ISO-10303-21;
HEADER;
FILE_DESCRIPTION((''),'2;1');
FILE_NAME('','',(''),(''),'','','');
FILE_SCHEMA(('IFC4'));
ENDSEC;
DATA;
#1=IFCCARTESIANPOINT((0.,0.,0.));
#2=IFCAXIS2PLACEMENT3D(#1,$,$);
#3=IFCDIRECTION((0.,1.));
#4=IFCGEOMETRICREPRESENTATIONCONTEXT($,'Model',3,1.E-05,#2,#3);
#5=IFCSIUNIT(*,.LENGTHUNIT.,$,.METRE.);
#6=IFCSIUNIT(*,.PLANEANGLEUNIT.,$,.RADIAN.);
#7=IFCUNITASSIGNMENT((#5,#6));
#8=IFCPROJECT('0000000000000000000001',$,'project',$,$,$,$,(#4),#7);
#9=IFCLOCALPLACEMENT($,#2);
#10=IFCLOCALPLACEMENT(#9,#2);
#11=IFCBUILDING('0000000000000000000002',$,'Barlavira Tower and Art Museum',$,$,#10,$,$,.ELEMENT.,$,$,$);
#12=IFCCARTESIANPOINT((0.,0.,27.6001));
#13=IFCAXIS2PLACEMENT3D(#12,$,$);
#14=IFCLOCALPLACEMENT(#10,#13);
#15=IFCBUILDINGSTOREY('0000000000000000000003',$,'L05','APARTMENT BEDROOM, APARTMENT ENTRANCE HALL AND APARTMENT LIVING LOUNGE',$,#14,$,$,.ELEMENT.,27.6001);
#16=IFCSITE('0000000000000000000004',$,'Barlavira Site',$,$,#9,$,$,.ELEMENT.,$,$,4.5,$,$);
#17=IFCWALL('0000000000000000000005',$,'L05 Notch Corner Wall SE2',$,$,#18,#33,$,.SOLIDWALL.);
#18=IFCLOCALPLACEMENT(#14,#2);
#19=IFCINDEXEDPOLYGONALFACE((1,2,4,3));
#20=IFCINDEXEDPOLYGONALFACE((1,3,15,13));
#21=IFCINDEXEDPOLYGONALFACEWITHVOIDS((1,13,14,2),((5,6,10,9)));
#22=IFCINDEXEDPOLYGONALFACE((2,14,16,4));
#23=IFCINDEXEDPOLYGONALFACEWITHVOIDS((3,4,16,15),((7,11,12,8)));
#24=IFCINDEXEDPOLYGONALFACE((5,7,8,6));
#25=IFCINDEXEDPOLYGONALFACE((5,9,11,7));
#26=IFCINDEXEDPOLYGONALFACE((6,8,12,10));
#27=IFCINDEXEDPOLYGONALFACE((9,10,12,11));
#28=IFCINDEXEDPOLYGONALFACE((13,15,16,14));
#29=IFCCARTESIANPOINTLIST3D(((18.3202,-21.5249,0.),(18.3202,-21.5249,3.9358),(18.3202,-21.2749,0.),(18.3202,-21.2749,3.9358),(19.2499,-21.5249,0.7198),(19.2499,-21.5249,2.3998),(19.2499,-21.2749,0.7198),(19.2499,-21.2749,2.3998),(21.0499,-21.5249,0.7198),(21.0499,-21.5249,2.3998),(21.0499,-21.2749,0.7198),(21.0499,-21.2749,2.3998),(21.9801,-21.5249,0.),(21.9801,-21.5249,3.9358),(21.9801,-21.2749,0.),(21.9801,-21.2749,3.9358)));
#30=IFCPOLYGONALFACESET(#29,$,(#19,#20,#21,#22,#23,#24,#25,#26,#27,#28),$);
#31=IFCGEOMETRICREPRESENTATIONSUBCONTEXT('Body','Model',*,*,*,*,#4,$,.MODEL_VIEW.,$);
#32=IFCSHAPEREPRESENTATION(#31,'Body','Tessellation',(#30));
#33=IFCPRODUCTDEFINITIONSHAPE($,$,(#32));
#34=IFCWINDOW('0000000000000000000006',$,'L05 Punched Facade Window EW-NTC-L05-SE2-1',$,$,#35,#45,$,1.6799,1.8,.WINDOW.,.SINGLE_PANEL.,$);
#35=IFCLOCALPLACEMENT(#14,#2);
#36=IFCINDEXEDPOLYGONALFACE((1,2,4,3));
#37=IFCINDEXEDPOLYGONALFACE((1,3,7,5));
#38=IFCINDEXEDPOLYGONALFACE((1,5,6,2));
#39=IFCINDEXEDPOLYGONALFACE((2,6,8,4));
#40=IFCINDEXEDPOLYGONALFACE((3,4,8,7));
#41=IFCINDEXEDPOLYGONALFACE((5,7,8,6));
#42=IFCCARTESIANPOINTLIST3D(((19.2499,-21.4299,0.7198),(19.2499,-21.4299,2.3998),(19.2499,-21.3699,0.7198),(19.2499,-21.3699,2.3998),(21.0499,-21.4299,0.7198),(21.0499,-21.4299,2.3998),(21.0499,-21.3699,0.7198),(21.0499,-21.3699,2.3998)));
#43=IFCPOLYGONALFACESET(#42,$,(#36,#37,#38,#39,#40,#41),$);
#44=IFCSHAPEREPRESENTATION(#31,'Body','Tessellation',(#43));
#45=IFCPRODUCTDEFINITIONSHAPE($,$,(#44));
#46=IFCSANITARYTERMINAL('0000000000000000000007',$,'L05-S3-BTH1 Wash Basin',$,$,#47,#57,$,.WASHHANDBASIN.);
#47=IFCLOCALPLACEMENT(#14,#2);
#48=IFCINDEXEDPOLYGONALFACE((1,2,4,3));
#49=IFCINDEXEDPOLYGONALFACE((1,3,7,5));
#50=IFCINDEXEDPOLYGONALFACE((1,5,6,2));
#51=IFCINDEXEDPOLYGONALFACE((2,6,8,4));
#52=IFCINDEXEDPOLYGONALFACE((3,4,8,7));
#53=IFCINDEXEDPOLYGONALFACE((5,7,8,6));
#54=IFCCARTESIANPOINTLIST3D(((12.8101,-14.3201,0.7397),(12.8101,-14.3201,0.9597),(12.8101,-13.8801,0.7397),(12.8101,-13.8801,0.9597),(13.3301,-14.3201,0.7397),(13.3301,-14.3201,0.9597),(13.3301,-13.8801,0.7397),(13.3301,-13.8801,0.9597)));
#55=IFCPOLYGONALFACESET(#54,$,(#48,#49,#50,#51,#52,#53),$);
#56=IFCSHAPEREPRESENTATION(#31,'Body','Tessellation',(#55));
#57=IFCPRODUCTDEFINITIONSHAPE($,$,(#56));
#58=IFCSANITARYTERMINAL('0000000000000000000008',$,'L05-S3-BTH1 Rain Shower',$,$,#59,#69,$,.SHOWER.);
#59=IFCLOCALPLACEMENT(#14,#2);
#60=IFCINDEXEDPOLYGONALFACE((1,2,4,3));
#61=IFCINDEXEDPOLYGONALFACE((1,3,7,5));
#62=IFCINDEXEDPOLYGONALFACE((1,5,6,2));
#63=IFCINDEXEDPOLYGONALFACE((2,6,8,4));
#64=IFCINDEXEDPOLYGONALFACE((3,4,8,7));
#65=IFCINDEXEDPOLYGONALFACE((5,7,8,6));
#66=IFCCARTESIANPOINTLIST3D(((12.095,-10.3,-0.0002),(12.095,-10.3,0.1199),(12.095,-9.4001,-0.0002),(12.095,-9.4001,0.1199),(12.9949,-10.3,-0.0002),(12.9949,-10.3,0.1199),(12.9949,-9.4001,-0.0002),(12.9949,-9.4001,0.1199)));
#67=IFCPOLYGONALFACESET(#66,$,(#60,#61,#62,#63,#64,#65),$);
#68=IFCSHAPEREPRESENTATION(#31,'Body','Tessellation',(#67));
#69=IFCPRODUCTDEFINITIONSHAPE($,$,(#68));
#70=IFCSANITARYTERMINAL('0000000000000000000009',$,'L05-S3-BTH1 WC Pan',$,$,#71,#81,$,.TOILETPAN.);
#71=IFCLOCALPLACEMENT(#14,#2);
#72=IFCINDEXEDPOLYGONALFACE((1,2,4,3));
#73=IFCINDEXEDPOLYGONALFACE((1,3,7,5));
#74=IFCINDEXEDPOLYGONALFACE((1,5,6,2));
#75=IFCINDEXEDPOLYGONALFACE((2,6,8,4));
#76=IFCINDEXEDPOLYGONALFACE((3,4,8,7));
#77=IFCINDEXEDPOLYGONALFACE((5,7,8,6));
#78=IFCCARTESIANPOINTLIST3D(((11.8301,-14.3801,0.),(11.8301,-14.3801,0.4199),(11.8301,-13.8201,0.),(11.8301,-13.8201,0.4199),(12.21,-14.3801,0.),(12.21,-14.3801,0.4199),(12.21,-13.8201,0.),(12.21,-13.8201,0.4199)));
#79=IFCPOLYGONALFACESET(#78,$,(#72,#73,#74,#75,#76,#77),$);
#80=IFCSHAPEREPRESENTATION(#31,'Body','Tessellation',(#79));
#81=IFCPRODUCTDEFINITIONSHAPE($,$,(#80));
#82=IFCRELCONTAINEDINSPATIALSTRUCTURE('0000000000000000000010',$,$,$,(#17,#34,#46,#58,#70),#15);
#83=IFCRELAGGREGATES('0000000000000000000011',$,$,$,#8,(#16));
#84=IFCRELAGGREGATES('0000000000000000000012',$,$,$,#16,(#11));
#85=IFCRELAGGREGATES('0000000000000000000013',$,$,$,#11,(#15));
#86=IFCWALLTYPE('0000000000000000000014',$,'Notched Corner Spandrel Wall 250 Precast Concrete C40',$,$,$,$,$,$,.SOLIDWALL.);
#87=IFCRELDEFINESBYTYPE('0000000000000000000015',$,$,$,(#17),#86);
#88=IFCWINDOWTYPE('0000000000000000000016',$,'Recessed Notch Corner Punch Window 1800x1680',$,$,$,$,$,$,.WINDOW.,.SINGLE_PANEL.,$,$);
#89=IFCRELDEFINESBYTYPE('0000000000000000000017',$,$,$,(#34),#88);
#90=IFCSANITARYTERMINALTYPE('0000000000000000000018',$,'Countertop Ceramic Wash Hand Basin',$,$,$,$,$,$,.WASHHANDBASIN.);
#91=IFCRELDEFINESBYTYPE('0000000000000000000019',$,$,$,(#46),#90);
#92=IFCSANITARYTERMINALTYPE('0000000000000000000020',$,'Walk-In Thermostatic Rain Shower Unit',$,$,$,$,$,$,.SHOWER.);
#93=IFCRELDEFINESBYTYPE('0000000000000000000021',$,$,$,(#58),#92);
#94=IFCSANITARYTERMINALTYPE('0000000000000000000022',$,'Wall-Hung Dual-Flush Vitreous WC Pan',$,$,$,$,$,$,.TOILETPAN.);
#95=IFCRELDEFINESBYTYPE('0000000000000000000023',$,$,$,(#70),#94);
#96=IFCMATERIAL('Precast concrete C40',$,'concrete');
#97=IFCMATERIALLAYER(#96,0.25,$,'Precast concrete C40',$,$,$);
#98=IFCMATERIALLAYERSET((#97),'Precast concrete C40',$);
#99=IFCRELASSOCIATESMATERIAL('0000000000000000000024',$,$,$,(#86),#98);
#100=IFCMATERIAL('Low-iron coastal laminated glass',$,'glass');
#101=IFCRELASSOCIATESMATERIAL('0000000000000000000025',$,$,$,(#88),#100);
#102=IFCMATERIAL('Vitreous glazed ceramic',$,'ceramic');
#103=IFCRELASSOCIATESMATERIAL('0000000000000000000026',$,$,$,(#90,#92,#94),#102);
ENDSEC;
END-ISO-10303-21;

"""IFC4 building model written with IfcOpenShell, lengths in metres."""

from ifc_helpers import new_model, si_unit, direction, frame, frame_2d, origin, origin_2d, place, context, subcontext, project, spatial, rectangle, extrude, material, layer, layer_set, type_object, element, fill, save


model = new_model("IFC4")

# Units and contexts
model_context = context("Model", 3, precision=1e-05, world=origin(), true_north=direction((0.0, 1.0)))
body_context = subcontext(model_context, "Body", "Model", "MODEL_VIEW")
ifc_project = project(units=[si_unit("LENGTHUNIT", "METRE"), si_unit("PLANEANGLEUNIT", "RADIAN")], contexts=[model_context])

# Site, building, storey
site_placement = place(None, origin())
site = spatial("IfcSite", under=ifc_project, at=site_placement, Name="Barlavira Site", CompositionType="ELEMENT", RefElevation=4.5)
building_placement = place(site_placement, origin())
building = spatial("IfcBuilding", under=site, at=building_placement, Name="Barlavira Tower and Art Museum", CompositionType="ELEMENT")
storey_placement = place(building_placement, frame((0.0, 0.0, 27.6001)))
storey = spatial("IfcBuildingStorey", under=building, at=storey_placement, Name="L05", Description="APARTMENT BEDROOM, APARTMENT ENTRANCE HALL AND APARTMENT LIVING LOUNGE", CompositionType="ELEMENT", Elevation=27.6001)

# Shared definitions
ifc_material_1 = material(Name="Precast concrete C40", Category="concrete")
ifc_layer_1 = layer(ifc_material_1, 0.25, Name="Precast concrete C40")
ifc_layer_set_1 = layer_set([ifc_layer_1], Name="Precast concrete C40")
wall_type_1 = type_object("IfcWallType", Name="Notched Corner Spandrel Wall 250 Precast Concrete C40", PredefinedType="SOLIDWALL", material=ifc_layer_set_1)
ifc_material_2 = material(Name="Low-iron coastal laminated glass", Category="glass")
window_type_1 = type_object("IfcWindowType", Name="Recessed Notch Corner Punch Window 1800x1680", PartitioningType="SINGLE_PANEL", PredefinedType="WINDOW", material=ifc_material_2)

# Wall, opening, window
wall_1_placement = place(storey_placement, frame((18.3201, -21.3999, 0.0), z_axis=(0.0, 0.0, 1.0), x_axis=(1.0, 0.0, 0.0)))
wall_1 = element("IfcWall", 1, at=wall_1_placement, inside=storey, type_object=wall_type_1, Name="L05 Notch Corner Wall SE2", PredefinedType="SOLIDWALL", context=body_context, shape_type="SweptSolid", body=[
    extrude(rectangle(XDim=3.6599, YDim=0.25, at=frame_2d((1.8301, 0.0))), origin(), (0.0, 0.0, 1.0), 3.9358),
])
opening_1_placement = place(wall_1_placement, frame((0.9299, 0.0, 0.72)))
opening_1 = element("IfcOpeningElement", 2, at=opening_1_placement, cuts=wall_1, PredefinedType="OPENING", context=body_context, shape_type="SweptSolid", body=[
    extrude(rectangle(XDim=1.8, YDim=1.6799, at=frame_2d((0.8999, 0.8398))), frame((0.0, 0.135, 0.0), z_axis=(0.0, -1.0, 0.0), x_axis=(1.0, 0.0, 0.0)), (0.0, 0.0, 1.0), 0.27),
])
window_1_placement = place(opening_1_placement, origin())
window_1 = element("IfcWindow", 3, at=window_1_placement, inside=storey, type_object=window_type_1, Name="L05 Punched Facade Window EW-NTC-L05-SE2-1", OverallHeight=1.6799, OverallWidth=1.8, PartitioningType="SINGLE_PANEL", PredefinedType="WINDOW", context=body_context, shape_type="SweptSolid", body=[
    extrude(rectangle(XDim=1.8, YDim=1.6799, at=frame_2d((0.8999, 0.8398))), frame((0.0, 0.03, 0.0), z_axis=(0.0, -1.0, 0.0), x_axis=(1.0, 0.0, 0.0)), (0.0, 0.0, 1.0), 0.0601),
])
fill(opening_1, window_1)

# Sanitary terminals
ifc_material_3 = material(Name="Vitreous glazed ceramic", Category="ceramic")
sanitary_terminal_type_1 = type_object("IfcSanitaryTerminalType", Name="Countertop Ceramic Wash Hand Basin", PredefinedType="WASHHANDBASIN", material=ifc_material_3)
sanitary_terminal_1_placement = place(storey_placement, frame((13.0701, -14.1001, 0.7397), z_axis=(0.0, 0.0, 1.0), x_axis=(1.0, 0.0, 0.0)))
element("IfcSanitaryTerminal", 4, at=sanitary_terminal_1_placement, inside=storey, type_object=sanitary_terminal_type_1, Name="L05-S3-BTH1 Wash Basin", PredefinedType="WASHHANDBASIN", context=body_context, shape_type="SweptSolid", body=[
    extrude(rectangle(XDim=0.52, YDim=0.4399, at=origin_2d()), origin(), (0.0, 0.0, 1.0), 0.22),
])
sanitary_terminal_type_2 = type_object("IfcSanitaryTerminalType", Name="Walk-In Thermostatic Rain Shower Unit", PredefinedType="SHOWER", material=ifc_material_3)
sanitary_terminal_2_placement = place(storey_placement, frame((12.5449, -9.8501, -0.0002), z_axis=(0.0, 0.0, 1.0), x_axis=(1.0, 0.0, 0.0)))
element("IfcSanitaryTerminal", 5, at=sanitary_terminal_2_placement, inside=storey, type_object=sanitary_terminal_type_2, Name="L05-S3-BTH1 Rain Shower", PredefinedType="SHOWER", context=body_context, shape_type="SweptSolid", body=[
    extrude(rectangle(XDim=0.8999, YDim=0.8999, at=origin_2d()), origin(), (0.0, 0.0, 1.0), 0.1201),
])
sanitary_terminal_type_3 = type_object("IfcSanitaryTerminalType", Name="Wall-Hung Dual-Flush Vitreous WC Pan", PredefinedType="TOILETPAN", material=ifc_material_3)
sanitary_terminal_3_placement = place(storey_placement, frame((12.02, -14.1001, 0.0), z_axis=(0.0, 0.0, 1.0), x_axis=(1.0, 0.0, 0.0)))
element("IfcSanitaryTerminal", 6, at=sanitary_terminal_3_placement, inside=storey, type_object=sanitary_terminal_type_3, Name="L05-S3-BTH1 WC Pan", PredefinedType="TOILETPAN", context=body_context, shape_type="SweptSolid", body=[
    extrude(rectangle(XDim=0.3799, YDim=0.5601, at=origin_2d()), origin(), (0.0, 0.0, 1.0), 0.4199),
])

save(model, "model.ifc")
